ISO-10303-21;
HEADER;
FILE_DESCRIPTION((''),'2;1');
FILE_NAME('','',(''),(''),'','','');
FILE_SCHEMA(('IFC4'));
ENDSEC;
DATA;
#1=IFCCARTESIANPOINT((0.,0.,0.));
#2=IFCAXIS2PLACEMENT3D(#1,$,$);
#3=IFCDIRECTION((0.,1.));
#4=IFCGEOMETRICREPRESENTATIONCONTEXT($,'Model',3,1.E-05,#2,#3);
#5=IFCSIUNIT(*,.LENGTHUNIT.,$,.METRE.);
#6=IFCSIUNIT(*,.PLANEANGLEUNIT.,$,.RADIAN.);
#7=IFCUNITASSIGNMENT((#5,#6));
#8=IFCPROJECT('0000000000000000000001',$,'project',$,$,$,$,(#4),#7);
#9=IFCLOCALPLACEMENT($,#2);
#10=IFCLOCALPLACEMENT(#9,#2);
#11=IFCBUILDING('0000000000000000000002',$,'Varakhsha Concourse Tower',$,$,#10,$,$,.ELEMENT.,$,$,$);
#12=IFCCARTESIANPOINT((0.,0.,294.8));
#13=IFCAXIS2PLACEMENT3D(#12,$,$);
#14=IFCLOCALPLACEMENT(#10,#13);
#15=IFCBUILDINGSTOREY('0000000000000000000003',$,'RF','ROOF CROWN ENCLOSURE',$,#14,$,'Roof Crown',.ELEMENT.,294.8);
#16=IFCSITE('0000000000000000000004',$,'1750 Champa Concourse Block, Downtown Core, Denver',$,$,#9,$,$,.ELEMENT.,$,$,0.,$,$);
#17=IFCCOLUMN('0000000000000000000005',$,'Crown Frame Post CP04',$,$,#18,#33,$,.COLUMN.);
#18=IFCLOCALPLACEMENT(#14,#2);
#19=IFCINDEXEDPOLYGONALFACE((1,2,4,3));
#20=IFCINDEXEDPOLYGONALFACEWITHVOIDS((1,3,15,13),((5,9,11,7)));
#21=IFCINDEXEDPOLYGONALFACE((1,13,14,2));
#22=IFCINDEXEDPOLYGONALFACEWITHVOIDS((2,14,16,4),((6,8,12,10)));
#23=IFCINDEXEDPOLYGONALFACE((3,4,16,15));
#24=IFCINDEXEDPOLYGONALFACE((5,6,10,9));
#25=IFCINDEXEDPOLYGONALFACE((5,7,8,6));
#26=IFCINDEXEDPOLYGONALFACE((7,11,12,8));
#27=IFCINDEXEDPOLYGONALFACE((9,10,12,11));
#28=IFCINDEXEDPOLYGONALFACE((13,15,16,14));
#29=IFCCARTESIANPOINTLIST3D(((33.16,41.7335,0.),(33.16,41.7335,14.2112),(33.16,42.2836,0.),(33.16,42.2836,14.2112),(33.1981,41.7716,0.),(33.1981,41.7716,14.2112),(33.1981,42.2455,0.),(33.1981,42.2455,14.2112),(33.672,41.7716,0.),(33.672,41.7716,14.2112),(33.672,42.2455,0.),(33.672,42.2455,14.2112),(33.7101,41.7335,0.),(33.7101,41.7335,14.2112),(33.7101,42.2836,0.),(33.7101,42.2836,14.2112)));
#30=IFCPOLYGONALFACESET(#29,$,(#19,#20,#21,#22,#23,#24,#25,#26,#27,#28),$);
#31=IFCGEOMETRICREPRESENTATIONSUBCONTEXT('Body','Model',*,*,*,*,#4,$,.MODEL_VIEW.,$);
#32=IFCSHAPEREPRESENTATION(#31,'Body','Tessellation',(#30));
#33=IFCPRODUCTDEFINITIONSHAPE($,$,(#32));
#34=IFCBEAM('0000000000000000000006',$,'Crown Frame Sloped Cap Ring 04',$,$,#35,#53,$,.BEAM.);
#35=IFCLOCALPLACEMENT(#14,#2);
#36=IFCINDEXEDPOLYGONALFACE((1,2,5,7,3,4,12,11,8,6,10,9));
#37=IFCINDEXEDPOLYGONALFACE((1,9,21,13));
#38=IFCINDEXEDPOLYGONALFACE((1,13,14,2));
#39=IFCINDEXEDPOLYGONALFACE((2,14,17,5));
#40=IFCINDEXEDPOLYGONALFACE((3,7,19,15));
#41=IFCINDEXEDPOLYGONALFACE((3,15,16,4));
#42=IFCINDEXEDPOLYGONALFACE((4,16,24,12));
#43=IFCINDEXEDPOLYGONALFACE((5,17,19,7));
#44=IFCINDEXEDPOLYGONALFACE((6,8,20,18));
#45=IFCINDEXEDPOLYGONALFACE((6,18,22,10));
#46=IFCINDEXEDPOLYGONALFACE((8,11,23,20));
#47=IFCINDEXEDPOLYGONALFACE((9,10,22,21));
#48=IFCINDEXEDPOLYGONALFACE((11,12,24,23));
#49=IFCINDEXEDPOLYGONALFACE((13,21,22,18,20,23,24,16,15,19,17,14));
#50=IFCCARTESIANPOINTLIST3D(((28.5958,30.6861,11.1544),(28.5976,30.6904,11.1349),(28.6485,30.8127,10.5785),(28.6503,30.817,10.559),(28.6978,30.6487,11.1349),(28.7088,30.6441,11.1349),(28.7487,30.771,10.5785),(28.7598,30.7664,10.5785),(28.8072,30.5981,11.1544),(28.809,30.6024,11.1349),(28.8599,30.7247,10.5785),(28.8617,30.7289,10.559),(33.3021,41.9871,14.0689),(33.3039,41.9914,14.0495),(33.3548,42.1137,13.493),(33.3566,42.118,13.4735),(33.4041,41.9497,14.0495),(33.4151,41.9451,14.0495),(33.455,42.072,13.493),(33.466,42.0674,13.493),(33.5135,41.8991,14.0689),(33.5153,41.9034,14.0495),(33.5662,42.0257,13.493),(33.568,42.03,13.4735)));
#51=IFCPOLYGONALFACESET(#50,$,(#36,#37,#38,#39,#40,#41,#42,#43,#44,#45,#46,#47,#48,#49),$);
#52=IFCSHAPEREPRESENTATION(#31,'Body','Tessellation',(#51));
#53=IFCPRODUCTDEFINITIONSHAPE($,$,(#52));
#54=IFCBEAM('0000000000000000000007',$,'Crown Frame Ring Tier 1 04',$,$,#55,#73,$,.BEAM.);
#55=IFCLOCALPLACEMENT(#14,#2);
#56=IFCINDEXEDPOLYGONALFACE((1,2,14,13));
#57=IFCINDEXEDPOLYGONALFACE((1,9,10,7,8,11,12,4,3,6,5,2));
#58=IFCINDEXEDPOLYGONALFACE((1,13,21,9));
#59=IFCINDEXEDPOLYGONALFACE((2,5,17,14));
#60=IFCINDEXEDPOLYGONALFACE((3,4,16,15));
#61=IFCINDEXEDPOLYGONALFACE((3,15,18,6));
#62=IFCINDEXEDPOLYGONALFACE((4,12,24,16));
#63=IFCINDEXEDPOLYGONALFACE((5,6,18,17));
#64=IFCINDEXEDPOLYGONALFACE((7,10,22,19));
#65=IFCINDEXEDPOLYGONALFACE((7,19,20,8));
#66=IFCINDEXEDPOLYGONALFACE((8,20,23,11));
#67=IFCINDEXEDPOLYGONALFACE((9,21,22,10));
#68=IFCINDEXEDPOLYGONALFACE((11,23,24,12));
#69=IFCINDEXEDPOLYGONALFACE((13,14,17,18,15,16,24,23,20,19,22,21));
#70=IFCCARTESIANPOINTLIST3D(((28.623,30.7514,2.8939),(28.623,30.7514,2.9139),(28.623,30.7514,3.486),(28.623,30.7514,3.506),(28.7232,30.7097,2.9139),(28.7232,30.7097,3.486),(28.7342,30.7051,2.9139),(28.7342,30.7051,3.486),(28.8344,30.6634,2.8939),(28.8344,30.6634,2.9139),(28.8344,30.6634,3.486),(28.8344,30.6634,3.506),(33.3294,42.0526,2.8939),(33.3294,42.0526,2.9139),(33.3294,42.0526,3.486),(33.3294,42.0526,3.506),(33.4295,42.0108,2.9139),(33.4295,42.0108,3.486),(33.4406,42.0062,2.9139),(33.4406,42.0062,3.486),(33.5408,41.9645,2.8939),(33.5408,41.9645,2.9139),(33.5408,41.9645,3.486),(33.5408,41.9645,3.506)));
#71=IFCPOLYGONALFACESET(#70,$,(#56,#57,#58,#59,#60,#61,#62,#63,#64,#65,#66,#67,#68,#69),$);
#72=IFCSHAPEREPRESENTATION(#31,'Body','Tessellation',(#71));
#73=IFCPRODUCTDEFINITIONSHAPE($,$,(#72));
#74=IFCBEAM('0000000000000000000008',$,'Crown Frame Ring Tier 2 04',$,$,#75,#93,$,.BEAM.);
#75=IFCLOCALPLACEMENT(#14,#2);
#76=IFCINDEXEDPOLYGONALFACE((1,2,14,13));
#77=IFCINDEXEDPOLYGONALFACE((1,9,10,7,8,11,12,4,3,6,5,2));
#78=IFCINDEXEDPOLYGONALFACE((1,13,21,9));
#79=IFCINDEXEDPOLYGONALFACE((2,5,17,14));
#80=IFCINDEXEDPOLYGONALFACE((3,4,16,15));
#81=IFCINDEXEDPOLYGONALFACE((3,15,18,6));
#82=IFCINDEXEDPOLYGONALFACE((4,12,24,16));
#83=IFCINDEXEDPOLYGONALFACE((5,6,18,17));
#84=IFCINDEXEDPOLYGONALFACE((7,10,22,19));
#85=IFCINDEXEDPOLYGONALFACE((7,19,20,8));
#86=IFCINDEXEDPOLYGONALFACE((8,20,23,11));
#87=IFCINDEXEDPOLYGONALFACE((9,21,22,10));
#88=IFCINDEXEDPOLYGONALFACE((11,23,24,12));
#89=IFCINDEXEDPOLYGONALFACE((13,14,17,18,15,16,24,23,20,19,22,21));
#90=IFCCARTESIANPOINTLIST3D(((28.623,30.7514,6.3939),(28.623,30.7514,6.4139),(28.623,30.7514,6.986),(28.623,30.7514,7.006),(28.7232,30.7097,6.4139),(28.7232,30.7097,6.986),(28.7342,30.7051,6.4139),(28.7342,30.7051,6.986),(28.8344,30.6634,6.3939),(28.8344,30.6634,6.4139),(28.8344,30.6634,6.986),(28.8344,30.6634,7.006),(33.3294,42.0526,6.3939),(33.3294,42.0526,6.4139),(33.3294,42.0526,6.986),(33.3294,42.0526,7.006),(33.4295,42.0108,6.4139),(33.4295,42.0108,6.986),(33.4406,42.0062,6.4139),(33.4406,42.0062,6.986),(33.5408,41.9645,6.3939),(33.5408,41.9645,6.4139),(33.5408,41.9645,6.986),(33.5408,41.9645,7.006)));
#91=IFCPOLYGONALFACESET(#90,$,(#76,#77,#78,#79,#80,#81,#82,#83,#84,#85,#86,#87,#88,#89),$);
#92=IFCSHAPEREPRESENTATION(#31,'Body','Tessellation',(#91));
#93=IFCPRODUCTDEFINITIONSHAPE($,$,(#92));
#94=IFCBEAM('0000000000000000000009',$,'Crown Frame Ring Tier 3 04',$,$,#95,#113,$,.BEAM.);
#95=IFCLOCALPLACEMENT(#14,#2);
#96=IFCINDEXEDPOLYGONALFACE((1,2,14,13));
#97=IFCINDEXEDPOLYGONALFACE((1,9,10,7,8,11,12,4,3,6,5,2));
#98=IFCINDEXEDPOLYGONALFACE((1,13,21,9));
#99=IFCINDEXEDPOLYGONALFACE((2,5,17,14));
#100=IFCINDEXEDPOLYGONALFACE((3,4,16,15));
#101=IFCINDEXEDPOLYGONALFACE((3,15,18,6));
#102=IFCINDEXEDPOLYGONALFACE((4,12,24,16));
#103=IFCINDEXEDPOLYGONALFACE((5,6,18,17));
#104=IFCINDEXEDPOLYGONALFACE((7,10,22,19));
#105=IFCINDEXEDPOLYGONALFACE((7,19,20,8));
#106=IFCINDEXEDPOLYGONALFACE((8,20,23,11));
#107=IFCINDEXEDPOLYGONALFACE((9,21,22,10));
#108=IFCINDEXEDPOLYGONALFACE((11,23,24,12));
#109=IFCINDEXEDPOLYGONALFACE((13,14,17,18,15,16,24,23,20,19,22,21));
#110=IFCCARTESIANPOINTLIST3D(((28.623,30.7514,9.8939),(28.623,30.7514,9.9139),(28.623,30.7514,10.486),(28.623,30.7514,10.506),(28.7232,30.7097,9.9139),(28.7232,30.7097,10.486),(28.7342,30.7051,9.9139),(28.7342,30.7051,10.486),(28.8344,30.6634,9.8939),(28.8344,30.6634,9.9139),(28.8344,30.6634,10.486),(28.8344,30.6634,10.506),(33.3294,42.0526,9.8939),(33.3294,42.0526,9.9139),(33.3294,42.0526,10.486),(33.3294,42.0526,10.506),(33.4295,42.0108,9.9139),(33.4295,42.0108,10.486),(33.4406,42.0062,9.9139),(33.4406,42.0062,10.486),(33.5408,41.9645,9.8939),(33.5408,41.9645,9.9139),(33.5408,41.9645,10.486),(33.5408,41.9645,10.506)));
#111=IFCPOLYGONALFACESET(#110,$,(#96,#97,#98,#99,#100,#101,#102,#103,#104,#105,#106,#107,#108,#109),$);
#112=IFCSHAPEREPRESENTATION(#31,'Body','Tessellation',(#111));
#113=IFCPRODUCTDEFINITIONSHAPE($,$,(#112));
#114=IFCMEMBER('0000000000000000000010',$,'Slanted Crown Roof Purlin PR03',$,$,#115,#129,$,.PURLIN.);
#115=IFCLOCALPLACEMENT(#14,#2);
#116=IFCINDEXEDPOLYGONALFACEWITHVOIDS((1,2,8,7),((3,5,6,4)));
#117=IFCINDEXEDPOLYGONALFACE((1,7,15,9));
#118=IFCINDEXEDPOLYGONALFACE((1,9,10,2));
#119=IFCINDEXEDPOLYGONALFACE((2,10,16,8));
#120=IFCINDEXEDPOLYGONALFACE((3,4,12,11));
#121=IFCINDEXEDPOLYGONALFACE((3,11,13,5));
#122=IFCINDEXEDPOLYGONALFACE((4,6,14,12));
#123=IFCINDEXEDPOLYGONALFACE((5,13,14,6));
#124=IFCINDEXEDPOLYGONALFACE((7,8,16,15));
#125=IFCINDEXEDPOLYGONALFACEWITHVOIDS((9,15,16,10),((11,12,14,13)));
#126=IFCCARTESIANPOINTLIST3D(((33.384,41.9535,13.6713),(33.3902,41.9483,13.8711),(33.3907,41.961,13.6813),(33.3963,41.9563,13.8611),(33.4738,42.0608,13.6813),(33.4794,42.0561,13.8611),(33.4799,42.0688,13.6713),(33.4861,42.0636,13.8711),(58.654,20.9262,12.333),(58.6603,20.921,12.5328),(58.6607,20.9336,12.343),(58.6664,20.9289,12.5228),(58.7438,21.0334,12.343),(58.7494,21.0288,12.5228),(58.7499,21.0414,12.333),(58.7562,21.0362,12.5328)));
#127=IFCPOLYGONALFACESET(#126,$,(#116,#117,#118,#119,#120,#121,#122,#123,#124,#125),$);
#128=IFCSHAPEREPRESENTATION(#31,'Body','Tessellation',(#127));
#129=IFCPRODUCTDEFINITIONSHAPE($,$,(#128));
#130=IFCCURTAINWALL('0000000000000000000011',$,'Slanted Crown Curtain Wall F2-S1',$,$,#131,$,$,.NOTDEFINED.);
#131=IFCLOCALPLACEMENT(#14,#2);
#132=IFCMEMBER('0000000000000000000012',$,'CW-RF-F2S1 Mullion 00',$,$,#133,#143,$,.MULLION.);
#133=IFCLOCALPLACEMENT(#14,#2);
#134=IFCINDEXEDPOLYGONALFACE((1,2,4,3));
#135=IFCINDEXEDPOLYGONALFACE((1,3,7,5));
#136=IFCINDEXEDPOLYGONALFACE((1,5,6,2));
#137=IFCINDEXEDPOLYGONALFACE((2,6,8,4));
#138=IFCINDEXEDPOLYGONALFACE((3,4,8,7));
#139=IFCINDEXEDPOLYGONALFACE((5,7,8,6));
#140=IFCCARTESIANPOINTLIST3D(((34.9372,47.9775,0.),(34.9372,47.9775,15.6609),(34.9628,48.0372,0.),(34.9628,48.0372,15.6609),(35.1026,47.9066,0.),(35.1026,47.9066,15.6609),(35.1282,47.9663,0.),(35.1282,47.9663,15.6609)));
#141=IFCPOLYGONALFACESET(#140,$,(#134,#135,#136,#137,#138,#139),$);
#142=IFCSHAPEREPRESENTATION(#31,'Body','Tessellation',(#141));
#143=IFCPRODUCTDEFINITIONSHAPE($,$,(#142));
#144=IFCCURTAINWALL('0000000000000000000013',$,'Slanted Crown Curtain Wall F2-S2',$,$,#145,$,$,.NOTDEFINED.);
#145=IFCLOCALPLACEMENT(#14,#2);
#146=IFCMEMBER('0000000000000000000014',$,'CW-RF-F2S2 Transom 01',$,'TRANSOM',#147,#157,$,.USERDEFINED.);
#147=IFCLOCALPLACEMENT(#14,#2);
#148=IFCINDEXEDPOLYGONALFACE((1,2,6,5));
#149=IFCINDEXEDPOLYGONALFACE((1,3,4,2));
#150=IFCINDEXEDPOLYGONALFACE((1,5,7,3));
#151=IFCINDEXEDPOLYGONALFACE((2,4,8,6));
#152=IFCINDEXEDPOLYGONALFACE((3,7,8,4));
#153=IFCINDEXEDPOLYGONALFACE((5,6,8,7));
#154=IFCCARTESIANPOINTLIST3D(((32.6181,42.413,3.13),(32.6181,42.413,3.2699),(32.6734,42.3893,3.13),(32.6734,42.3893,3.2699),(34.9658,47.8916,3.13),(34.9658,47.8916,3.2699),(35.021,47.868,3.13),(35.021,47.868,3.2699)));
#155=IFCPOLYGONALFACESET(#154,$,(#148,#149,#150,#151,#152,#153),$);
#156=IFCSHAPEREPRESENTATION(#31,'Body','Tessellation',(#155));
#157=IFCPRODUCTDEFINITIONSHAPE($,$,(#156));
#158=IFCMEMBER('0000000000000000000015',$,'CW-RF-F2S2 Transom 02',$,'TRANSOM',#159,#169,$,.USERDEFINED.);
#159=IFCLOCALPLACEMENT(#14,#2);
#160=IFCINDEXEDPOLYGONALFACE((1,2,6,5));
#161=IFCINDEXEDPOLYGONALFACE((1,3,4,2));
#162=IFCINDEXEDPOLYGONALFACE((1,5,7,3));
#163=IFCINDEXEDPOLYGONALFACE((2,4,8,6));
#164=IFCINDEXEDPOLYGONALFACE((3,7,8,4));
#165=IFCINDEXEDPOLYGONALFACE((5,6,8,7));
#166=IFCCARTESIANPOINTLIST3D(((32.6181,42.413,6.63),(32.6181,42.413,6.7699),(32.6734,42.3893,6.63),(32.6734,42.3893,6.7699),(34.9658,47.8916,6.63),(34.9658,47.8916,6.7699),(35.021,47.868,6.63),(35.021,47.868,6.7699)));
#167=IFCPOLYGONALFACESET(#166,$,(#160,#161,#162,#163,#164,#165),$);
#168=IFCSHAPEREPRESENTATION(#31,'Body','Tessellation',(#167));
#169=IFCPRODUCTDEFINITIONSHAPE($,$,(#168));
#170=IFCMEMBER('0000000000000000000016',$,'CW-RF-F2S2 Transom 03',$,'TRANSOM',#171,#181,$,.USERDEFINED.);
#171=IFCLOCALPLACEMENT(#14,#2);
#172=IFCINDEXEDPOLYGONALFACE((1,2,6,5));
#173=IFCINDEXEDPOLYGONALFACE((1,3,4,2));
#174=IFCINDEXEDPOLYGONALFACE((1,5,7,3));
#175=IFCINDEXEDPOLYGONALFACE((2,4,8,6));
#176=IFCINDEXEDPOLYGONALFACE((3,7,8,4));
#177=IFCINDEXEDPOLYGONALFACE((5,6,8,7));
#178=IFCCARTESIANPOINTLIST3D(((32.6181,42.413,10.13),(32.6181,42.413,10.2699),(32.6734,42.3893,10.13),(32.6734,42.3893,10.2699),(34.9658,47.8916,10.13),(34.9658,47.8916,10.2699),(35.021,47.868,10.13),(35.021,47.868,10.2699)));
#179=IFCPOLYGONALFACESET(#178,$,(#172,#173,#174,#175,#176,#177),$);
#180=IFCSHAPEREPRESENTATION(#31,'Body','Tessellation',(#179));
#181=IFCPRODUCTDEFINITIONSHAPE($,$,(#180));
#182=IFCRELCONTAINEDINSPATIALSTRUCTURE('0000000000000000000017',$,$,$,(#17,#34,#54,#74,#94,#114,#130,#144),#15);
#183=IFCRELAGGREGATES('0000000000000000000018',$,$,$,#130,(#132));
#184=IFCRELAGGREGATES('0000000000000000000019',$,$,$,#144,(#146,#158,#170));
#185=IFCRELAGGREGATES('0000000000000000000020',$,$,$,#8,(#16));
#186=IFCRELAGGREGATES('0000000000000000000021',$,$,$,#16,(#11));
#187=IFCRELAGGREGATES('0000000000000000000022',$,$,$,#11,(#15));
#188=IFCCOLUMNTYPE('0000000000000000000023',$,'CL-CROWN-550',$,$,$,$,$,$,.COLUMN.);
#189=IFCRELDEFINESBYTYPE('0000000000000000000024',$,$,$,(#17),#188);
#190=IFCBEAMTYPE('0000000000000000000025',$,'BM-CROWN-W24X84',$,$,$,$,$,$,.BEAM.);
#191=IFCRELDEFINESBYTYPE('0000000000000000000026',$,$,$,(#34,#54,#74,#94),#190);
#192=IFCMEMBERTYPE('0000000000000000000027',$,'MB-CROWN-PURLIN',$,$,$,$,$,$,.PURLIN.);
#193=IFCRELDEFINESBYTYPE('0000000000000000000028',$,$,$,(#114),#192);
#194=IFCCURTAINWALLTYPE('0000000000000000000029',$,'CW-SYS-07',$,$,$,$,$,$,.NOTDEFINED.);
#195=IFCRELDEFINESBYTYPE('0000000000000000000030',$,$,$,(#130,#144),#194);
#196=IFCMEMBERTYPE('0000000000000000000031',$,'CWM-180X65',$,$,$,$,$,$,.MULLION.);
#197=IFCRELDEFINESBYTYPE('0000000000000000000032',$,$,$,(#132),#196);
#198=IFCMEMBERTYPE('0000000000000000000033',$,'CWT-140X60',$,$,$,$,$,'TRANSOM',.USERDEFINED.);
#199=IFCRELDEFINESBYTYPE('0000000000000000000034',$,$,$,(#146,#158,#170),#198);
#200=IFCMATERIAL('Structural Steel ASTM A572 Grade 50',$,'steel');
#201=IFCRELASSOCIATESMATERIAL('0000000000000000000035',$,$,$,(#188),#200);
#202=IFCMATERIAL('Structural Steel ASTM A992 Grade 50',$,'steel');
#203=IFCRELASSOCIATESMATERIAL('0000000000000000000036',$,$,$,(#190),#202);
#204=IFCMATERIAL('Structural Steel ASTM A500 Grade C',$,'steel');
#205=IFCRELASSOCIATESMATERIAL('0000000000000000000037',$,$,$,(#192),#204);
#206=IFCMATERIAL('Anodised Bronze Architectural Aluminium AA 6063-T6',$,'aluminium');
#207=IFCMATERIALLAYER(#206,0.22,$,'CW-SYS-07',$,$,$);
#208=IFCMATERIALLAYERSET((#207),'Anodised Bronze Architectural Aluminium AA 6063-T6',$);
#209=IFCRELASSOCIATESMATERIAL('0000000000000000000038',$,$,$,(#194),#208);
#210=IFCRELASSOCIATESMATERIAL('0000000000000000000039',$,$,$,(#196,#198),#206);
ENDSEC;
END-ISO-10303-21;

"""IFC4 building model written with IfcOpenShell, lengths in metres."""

from ifc_helpers import new_model, si_unit, direction, frame, origin, origin_2d, place, context, subcontext, project, spatial, rectangle, hollow_rectangle, i_section, extrude, source, transform, mapped, material, layer, layer_set, material_profile, profile_set, type_object, type_shapes, element, aggregate, save


model = new_model("IFC4")

# Units and contexts
model_context = context("Model", 3, precision=1e-05, world=origin(), true_north=direction((0.0, 1.0)))
body_context = subcontext(model_context, "Body", "Model", "MODEL_VIEW")
ifc_project = project(units=[si_unit("LENGTHUNIT", "METRE"), si_unit("PLANEANGLEUNIT", "RADIAN")], contexts=[model_context])

# Site, building, storey
site_placement = place(None, origin())
site = spatial("IfcSite", under=ifc_project, at=site_placement, Name="1750 Champa Concourse Block, Downtown Core, Denver", CompositionType="ELEMENT", RefElevation=0.0)
building_placement = place(site_placement, origin())
building = spatial("IfcBuilding", under=site, at=building_placement, Name="Varakhsha Concourse Tower", CompositionType="ELEMENT")
storey_placement = place(building_placement, frame((0.0, 0.0, 294.8)))
storey = spatial("IfcBuildingStorey", under=building, at=storey_placement, Name="RF", Description="ROOF CROWN ENCLOSURE", LongName="Roof Crown", CompositionType="ELEMENT", Elevation=294.8)

# Column
ifc_material_1 = material(Name="Structural Steel ASTM A572 Grade 50", Category="steel")
ifc_material_profile_1 = material_profile(ifc_material_1, hollow_rectangle(XDim=0.55, YDim=0.55, WallThickness=0.0381, at=origin_2d()), Name="BOX 550x550x38")
ifc_profile_set_1 = profile_set([ifc_material_profile_1], Name="Structural Steel ASTM A572 Grade 50")
column_type = type_object("IfcColumnType", Name="CL-CROWN-550", PredefinedType="COLUMN", material=ifc_profile_set_1)
column_placement = place(storey_placement, frame((33.4351, 42.0085, 0.0), z_axis=(0.0, 0.0, 1.0), x_axis=(1.0, 0.0, 0.0)))
element("IfcColumn", 1, at=column_placement, inside=storey, type_object=column_type, Name="Crown Frame Post CP04", PredefinedType="COLUMN", context=body_context, shape_type="SweptSolid", body=[
    extrude(hollow_rectangle(XDim=0.55, YDim=0.55, WallThickness=0.0381, at=origin_2d()), origin(), (0.0, 0.0, 1.0), 14.2112),
])

# Beams
ifc_material_2 = material(Name="Structural Steel ASTM A992 Grade 50", Category="steel")
ifc_material_profile_2 = material_profile(ifc_material_2, i_section(OverallWidth=0.229, OverallDepth=0.6121, WebThickness=0.012, FlangeThickness=0.02, at=origin_2d()), Name="W24X84")
ifc_profile_set_2 = profile_set([ifc_material_profile_2], Name="Structural Steel ASTM A992 Grade 50")
beam_type = type_object("IfcBeamType", Name="BM-CROWN-W24X84", PredefinedType="BEAM", material=ifc_profile_set_2)
beam_placement = place(storey_placement, frame((33.4351, 42.0085, 13.7712), z_axis=(-0.373991, -0.898047, -0.231608), x_axis=(0.923148, -0.384444, 0.0)))
element("IfcBeam", 2, at=beam_placement, inside=storey, type_object=beam_type, Name="Crown Frame Sloped Cap Ring 04", PredefinedType="BEAM", context=body_context, shape_type="SweptSolid", body=[
    extrude(i_section(OverallWidth=0.229, OverallDepth=0.6121, WebThickness=0.012, FlangeThickness=0.02, at=origin_2d()), origin(), (0.0, 0.0, 1.0), 12.584),
])
for number, where, z_axis, x_axis, name in (
    (3, (33.4351, 42.0085, 3.2), (-0.384444, -0.923148, 0.0), (0.923148, -0.384444, 0.0), "Crown Frame Ring Tier 1 04"),
    (4, (33.4351, 42.0085, 6.7), (-0.384444, -0.923148, 0.0), (0.923148, -0.384444, 0.0), "Crown Frame Ring Tier 2 04"),
    (5, (33.4351, 42.0085, 10.2), (-0.384444, -0.923148, 0.0), (0.923148, -0.384444, 0.0), "Crown Frame Ring Tier 3 04"),
):
    element("IfcBeam", number, at=place(storey_placement, frame(where, z_axis=z_axis, x_axis=x_axis)), inside=storey, type_object=beam_type, Name=name, PredefinedType="BEAM", context=body_context, shape_type="SweptSolid", body=[
        extrude(i_section(OverallWidth=0.229, OverallDepth=0.6121, WebThickness=0.012, FlangeThickness=0.02, at=origin_2d()), origin(), (0.0, 0.0, 1.0), 12.2419),
    ])

# Member
ifc_material_3 = material(Name="Structural Steel ASTM A500 Grade C", Category="steel")
ifc_material_profile_3 = material_profile(ifc_material_3, hollow_rectangle(XDim=0.1499, YDim=0.2, WallThickness=0.01, at=origin_2d()), Name="HSS 200x150x10")
ifc_profile_set_3 = profile_set([ifc_material_profile_3], Name="Structural Steel ASTM A500 Grade C")
member_type_1 = type_object("IfcMemberType", Name="MB-CROWN-PURLIN", PredefinedType="PURLIN", material=ifc_profile_set_3)
shared_shape_1 = source(origin(), body_context, "Body", "SweptSolid", [
    extrude(hollow_rectangle(XDim=0.1499, YDim=0.2, WallThickness=0.01, at=origin_2d()), origin(), (0.0, 0.0, 1.0), 32.9016),
])
type_shapes(member_type_1, [shared_shape_1])
member_1_placement = place(storey_placement, frame((33.4351, 42.0085, 13.7712), z_axis=(0.768049, -0.639098, -0.040678), x_axis=(0.639628, 0.768685, 0.0)))
element("IfcMember", 6, at=member_1_placement, inside=storey, type_object=member_type_1, Name="Slanted Crown Roof Purlin PR03", PredefinedType="PURLIN", context=body_context, shape_type="MappedRepresentation", body=[
    mapped(shared_shape_1, transform((0.0, 0.0, 0.0), scale=1.0)),
])

# Curtain wall, member
ifc_material_4 = material(Name="Anodised Bronze Architectural Aluminium AA 6063-T6", Category="aluminium")
ifc_layer_1 = layer(ifc_material_4, 0.22, Name="CW-SYS-07")
ifc_layer_set_1 = layer_set([ifc_layer_1], Name="Anodised Bronze Architectural Aluminium AA 6063-T6")
curtain_wall_type = type_object("IfcCurtainWallType", Name="CW-SYS-07", PredefinedType="NOTDEFINED", material=ifc_layer_set_1)
curtain_wall_1_placement = place(storey_placement, origin())
curtain_wall_1 = element("IfcCurtainWall", 7, at=curtain_wall_1_placement, inside=storey, type_object=curtain_wall_type, Name="Slanted Crown Curtain Wall F2-S1", PredefinedType="NOTDEFINED")
ifc_material_profile_4 = material_profile(ifc_material_4, rectangle(XDim=0.0649, YDim=0.1799, at=origin_2d()), Name="CWM-180X65")
ifc_profile_set_4 = profile_set([ifc_material_profile_4], Name="Anodised Bronze Architectural Aluminium AA 6063-T6")
member_type_2 = type_object("IfcMemberType", Name="CWM-180X65", PredefinedType="MULLION", material=ifc_profile_set_4)
shared_shape_2 = source(origin(), body_context, "Body", "SweptSolid", [
    extrude(rectangle(XDim=0.0649, YDim=0.1799, at=origin_2d()), origin(), (0.0, 0.0, 1.0), 15.6609),
])
member_2_placement = place(storey_placement, frame((35.0327, 47.9719, 0.0), z_axis=(0.0, 0.0, 1.0), x_axis=(0.393841, 0.919179, 0.0)))
member_2 = element("IfcMember", 8, at=member_2_placement, type_object=member_type_2, Name="CW-RF-F2S1 Mullion 00", PredefinedType="MULLION", context=body_context, shape_type="MappedRepresentation", body=[
    mapped(shared_shape_2, transform((0.0, 0.0, 0.0), scale=1.0)),
])
aggregate(curtain_wall_1, [member_2])

# Curtain wall, members
curtain_wall_2_placement = place(storey_placement, origin())
curtain_wall_2 = element("IfcCurtainWall", 9, at=curtain_wall_2_placement, inside=storey, type_object=curtain_wall_type, Name="Slanted Crown Curtain Wall F2-S2", PredefinedType="NOTDEFINED")
ifc_material_profile_5 = material_profile(ifc_material_4, rectangle(XDim=0.0601, YDim=0.1399, at=origin_2d()), Name="CWT-140X60")
ifc_profile_set_5 = profile_set([ifc_material_profile_5], Name="Anodised Bronze Architectural Aluminium AA 6063-T6")
member_type_3 = type_object("IfcMemberType", Name="CWT-140X60", ElementType="TRANSOM", PredefinedType="USERDEFINED", material=ifc_profile_set_5)
shared_shape_3 = source(origin(), body_context, "Body", "SweptSolid", [
    extrude(rectangle(XDim=0.0601, YDim=0.1399, at=origin_2d()), origin(), (0.0, 0.0, 1.0), 5.9604),
])
type_shapes(member_type_3, [shared_shape_3])
member_3_placement = place(storey_placement, frame((32.6458, 42.4011, 3.2), z_axis=(0.393865, 0.919168, 0.0), x_axis=(-0.919168, 0.393865, 0.0)))
member_3 = element("IfcMember", 10, at=member_3_placement, type_object=member_type_3, Name="CW-RF-F2S2 Transom 01", ObjectType="TRANSOM", PredefinedType="USERDEFINED", context=body_context, shape_type="MappedRepresentation", body=[
    mapped(shared_shape_3, transform((0.0, 0.0, 0.0), scale=1.0)),
])
member_4_placement = place(storey_placement, frame((32.6458, 42.4011, 6.7), z_axis=(0.393865, 0.919168, 0.0), x_axis=(-0.919168, 0.393865, 0.0)))
member_4 = element("IfcMember", 11, at=member_4_placement, type_object=member_type_3, Name="CW-RF-F2S2 Transom 02", ObjectType="TRANSOM", PredefinedType="USERDEFINED", context=body_context, shape_type="MappedRepresentation", body=[
    mapped(shared_shape_3, transform((0.0, 0.0, 0.0), scale=1.0)),
])
member_5_placement = place(storey_placement, frame((32.6458, 42.4011, 10.2), z_axis=(0.393865, 0.919168, 0.0), x_axis=(-0.919168, 0.393865, 0.0)))
member_5 = element("IfcMember", 12, at=member_5_placement, type_object=member_type_3, Name="CW-RF-F2S2 Transom 03", ObjectType="TRANSOM", PredefinedType="USERDEFINED", context=body_context, shape_type="MappedRepresentation", body=[
    mapped(shared_shape_3, transform((0.0, 0.0, 0.0), scale=1.0)),
])

aggregate(curtain_wall_2, [member_3, member_4, member_5])

save(model, "model.ifc")
